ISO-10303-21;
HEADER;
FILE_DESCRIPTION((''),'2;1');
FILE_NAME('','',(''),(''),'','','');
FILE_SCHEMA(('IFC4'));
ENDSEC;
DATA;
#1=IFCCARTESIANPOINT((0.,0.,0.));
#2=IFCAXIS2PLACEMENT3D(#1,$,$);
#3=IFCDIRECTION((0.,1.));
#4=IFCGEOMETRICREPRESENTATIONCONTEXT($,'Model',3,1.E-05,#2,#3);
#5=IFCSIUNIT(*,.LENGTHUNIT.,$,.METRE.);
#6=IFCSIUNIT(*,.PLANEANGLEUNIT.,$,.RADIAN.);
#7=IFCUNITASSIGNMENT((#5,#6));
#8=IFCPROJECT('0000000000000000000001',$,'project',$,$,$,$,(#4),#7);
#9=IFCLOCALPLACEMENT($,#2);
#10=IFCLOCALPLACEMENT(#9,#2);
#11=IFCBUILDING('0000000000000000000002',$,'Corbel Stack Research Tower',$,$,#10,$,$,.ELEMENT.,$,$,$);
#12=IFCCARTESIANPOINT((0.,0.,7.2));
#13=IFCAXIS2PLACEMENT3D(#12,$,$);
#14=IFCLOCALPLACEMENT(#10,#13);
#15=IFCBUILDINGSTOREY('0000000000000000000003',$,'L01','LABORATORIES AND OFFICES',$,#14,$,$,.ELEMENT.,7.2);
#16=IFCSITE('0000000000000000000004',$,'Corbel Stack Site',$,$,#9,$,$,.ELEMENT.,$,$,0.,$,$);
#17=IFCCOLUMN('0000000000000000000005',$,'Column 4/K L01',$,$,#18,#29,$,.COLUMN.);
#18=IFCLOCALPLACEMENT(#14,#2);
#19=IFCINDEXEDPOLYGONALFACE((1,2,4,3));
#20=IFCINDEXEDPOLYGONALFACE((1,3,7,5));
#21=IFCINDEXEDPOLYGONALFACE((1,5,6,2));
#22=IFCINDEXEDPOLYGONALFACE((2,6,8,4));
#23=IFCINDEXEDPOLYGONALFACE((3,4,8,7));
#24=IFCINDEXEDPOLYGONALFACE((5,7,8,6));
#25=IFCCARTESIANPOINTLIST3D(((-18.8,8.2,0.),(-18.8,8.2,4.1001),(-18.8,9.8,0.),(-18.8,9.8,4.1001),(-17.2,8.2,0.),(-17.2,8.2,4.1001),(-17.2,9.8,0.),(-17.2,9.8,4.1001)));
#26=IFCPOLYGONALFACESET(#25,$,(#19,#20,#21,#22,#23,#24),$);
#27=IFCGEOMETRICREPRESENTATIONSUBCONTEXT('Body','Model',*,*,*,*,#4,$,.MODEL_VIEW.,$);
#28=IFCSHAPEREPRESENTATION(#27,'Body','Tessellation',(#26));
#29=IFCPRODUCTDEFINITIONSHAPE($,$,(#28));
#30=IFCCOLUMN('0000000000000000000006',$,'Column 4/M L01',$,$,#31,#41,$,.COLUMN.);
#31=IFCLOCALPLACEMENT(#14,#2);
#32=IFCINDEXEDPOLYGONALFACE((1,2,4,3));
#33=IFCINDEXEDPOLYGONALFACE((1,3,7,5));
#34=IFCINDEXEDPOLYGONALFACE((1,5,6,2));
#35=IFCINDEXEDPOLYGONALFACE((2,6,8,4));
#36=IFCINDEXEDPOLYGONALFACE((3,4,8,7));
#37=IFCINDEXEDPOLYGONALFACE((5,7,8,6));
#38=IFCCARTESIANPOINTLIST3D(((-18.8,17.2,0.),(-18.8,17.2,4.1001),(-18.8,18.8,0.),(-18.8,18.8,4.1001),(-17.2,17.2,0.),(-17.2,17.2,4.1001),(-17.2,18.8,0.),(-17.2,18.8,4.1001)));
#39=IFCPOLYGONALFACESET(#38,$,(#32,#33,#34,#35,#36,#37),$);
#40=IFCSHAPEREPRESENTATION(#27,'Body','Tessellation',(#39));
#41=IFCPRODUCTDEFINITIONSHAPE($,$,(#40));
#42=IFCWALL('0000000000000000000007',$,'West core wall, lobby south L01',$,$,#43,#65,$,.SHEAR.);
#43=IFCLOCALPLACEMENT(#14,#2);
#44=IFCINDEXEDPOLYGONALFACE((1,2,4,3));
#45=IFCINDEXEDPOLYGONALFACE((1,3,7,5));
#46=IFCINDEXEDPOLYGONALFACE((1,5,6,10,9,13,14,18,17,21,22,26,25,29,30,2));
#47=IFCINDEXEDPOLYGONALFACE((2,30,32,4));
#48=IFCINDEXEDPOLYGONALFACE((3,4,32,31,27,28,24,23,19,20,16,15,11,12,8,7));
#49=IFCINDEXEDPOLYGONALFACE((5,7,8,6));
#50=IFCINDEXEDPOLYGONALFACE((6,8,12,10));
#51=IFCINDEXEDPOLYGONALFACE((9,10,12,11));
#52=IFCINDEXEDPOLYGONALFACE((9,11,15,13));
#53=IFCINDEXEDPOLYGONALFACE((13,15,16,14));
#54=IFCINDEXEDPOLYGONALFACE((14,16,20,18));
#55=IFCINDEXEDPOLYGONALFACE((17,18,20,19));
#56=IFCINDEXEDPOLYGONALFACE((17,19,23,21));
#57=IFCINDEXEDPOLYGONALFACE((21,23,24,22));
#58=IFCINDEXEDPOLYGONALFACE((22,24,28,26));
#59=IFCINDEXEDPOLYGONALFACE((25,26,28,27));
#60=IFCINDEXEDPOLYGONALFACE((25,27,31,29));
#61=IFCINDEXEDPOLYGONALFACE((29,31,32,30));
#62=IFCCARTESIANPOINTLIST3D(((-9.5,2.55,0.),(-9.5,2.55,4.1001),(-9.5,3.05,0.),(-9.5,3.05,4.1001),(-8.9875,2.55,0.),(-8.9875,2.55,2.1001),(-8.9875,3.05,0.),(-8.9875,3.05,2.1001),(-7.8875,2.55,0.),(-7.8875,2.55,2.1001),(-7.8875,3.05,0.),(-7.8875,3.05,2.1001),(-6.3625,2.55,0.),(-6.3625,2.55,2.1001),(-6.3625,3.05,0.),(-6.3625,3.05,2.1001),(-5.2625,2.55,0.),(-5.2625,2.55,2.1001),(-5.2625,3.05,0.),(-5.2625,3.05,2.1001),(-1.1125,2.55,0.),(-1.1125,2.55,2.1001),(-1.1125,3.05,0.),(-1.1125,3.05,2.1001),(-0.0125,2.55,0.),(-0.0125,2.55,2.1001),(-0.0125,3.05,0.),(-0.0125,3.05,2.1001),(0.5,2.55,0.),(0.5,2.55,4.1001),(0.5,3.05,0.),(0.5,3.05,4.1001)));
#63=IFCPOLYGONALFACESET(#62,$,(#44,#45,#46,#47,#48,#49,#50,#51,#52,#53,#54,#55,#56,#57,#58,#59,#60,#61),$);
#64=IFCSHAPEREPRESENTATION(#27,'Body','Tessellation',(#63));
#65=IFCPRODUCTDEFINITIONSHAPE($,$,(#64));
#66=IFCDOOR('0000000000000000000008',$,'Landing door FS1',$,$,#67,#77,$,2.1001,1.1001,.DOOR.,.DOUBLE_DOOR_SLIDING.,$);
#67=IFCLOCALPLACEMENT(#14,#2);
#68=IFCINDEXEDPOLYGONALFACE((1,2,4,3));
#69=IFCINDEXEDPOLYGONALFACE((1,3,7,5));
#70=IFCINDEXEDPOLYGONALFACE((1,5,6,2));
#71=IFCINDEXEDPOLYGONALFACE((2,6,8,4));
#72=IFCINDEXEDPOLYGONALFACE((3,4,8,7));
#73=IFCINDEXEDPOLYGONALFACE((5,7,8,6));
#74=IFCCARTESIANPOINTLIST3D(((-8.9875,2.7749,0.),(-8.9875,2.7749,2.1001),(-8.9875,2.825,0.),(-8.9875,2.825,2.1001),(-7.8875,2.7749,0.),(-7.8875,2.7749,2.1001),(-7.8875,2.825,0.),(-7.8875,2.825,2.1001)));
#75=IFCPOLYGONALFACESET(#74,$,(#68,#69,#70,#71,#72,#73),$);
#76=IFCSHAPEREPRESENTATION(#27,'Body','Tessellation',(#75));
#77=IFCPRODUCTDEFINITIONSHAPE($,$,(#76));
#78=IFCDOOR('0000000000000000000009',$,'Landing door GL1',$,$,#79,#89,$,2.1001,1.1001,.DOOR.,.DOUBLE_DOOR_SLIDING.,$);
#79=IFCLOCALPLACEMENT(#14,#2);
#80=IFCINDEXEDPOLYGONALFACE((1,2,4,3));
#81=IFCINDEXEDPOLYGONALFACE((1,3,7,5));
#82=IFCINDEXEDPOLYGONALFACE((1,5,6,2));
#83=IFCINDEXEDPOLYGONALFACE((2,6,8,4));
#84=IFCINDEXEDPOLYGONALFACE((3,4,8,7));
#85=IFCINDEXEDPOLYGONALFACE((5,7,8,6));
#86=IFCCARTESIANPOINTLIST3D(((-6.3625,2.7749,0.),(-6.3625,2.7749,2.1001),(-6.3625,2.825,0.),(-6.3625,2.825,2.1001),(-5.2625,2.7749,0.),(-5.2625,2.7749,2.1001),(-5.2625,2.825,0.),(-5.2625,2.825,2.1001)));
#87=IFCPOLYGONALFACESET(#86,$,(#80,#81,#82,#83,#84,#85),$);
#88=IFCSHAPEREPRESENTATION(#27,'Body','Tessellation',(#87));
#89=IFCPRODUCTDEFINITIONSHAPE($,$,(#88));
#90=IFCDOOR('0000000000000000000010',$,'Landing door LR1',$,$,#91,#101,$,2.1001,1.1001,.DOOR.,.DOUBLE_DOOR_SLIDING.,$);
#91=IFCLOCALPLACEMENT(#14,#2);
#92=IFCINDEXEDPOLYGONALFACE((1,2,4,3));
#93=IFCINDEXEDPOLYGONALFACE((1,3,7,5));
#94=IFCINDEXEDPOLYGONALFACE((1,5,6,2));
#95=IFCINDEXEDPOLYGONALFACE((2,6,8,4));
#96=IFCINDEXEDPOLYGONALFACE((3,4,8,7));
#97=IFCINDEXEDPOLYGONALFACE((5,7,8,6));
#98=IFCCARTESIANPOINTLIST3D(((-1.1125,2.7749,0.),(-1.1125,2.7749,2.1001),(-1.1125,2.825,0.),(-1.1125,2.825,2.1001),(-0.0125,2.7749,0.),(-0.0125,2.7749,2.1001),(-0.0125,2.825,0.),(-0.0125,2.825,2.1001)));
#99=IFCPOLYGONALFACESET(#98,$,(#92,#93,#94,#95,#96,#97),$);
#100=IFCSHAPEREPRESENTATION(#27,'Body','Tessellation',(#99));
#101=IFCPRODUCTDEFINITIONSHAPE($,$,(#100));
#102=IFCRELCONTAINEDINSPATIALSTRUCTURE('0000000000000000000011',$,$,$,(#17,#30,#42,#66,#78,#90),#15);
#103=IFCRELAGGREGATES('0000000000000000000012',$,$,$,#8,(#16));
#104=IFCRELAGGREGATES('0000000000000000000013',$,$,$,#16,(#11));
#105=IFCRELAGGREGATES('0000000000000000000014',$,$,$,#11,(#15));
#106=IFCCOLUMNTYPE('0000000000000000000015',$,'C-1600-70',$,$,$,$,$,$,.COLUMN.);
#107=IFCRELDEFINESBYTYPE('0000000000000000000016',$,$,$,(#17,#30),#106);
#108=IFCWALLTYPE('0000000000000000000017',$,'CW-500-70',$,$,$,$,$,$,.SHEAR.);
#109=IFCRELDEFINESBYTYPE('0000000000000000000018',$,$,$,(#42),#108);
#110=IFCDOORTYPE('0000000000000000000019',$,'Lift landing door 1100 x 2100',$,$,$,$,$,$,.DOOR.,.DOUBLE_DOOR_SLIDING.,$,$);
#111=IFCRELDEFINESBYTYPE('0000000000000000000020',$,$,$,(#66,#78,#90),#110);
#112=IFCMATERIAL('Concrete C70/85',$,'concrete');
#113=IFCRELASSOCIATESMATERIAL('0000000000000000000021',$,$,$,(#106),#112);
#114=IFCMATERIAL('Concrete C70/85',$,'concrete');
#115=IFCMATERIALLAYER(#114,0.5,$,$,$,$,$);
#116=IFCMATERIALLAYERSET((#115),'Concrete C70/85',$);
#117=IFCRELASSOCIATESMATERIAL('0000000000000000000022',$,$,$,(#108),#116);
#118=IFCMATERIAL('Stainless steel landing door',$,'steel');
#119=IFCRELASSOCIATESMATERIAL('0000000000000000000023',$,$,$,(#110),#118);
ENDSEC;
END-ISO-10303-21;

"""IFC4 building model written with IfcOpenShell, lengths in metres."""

from ifc_helpers import new_model, si_unit, direction, frame, frame_2d, origin, origin_2d, place, context, subcontext, project, spatial, rectangle, extrude, material, layer, layer_set, material_profile, profile_set, type_object, element, fill, save


model = new_model("IFC4")

# Units and contexts
model_context = context("Model", 3, precision=1e-05, world=origin(), true_north=direction((0.0, 1.0)))
body_context = subcontext(model_context, "Body", "Model", "MODEL_VIEW")
ifc_project = project(units=[si_unit("LENGTHUNIT", "METRE"), si_unit("PLANEANGLEUNIT", "RADIAN")], contexts=[model_context])

# Site, building, storey
site_placement = place(None, origin())
site = spatial("IfcSite", under=ifc_project, at=site_placement, Name="Corbel Stack Site", CompositionType="ELEMENT", RefElevation=0.0)
building_placement = place(site_placement, origin())
building = spatial("IfcBuilding", under=site, at=building_placement, Name="Corbel Stack Research Tower", CompositionType="ELEMENT")
storey_placement = place(building_placement, frame((0.0, 0.0, 7.2)))
storey = spatial("IfcBuildingStorey", under=building, at=storey_placement, Name="L01", Description="LABORATORIES AND OFFICES", CompositionType="ELEMENT", Elevation=7.2)

# Columns
ifc_material_1 = material(Name="Concrete C70/85", Category="concrete")
ifc_material_profile = material_profile(ifc_material_1, rectangle(XDim=1.6001, YDim=1.6001, at=origin_2d()), Name="RC 1600 x 1600")
ifc_profile_set = profile_set([ifc_material_profile], Name="Concrete C70/85")
column_type = type_object("IfcColumnType", Name="C-1600-70", PredefinedType="COLUMN", material=ifc_profile_set)
for number, where, z_axis, x_axis, name in (
    (1, (-18.0, 9.0, 0.0), (0.0, 0.0, 1.0), (1.0, 0.0, 0.0), "Column 4/K L01"),
    (2, (-18.0, 18.0, 0.0), (0.0, 0.0, 1.0), (1.0, 0.0, 0.0), "Column 4/M L01"),
):
    element("IfcColumn", number, at=place(storey_placement, frame(where, z_axis=z_axis, x_axis=x_axis)), inside=storey, type_object=column_type, Name=name, PredefinedType="COLUMN", context=body_context, shape_type="SweptSolid", body=[
        extrude(rectangle(XDim=1.6001, YDim=1.6001, at=origin_2d()), origin(), (0.0, 0.0, 1.0), 4.1001),
    ])

# Wall, openings, doors
ifc_material_2 = material(Name="Concrete C70/85", Category="concrete")
ifc_layer_1 = layer(ifc_material_2, 0.5)
ifc_layer_set_1 = layer_set([ifc_layer_1], Name="Concrete C70/85")
wall_type_1 = type_object("IfcWallType", Name="CW-500-70", PredefinedType="SHEAR", material=ifc_layer_set_1)
wall_1_placement = place(storey_placement, frame((-9.5, 2.8, 0.0), z_axis=(0.0, 0.0, 1.0), x_axis=(1.0, 0.0, 0.0)))
wall_1 = element("IfcWall", 3, at=wall_1_placement, inside=storey, type_object=wall_type_1, Name="West core wall, lobby south L01", PredefinedType="SHEAR", context=body_context, shape_type="SweptSolid", body=[
    extrude(rectangle(XDim=10.0, YDim=0.5, at=frame_2d((5.0, 0.0))), origin(), (0.0, 0.0, 1.0), 4.1001),
])
opening_1_placement = place(wall_1_placement, frame((0.5125, 0.0, 0.0)))
opening_1 = element("IfcOpeningElement", 4, at=opening_1_placement, cuts=wall_1, PredefinedType="OPENING", context=body_context, shape_type="SweptSolid", body=[
    extrude(rectangle(XDim=1.1001, YDim=2.1001, at=frame_2d((0.55, 1.05))), frame((0.0, 0.26, 0.0), z_axis=(0.0, -1.0, 0.0), x_axis=(1.0, 0.0, 0.0)), (0.0, 0.0, 1.0), 0.52),
])
opening_2_placement = place(wall_1_placement, frame((3.1375, 0.0, 0.0)))
opening_2 = element("IfcOpeningElement", 5, at=opening_2_placement, cuts=wall_1, PredefinedType="OPENING", context=body_context, shape_type="SweptSolid", body=[
    extrude(rectangle(XDim=1.1001, YDim=2.1001, at=frame_2d((0.55, 1.05))), frame((0.0, 0.26, 0.0), z_axis=(0.0, -1.0, 0.0), x_axis=(1.0, 0.0, 0.0)), (0.0, 0.0, 1.0), 0.52),
])
opening_3_placement = place(wall_1_placement, frame((8.3875, 0.0, 0.0)))
opening_3 = element("IfcOpeningElement", 6, at=opening_3_placement, cuts=wall_1, PredefinedType="OPENING", context=body_context, shape_type="SweptSolid", body=[
    extrude(rectangle(XDim=1.1001, YDim=2.1001, at=frame_2d((0.55, 1.05))), frame((0.0, 0.26, 0.0), z_axis=(0.0, -1.0, 0.0), x_axis=(1.0, 0.0, 0.0)), (0.0, 0.0, 1.0), 0.52),
])
ifc_material_3 = material(Name="Stainless steel landing door", Category="steel")
door_type_1 = type_object("IfcDoorType", Name="Lift landing door 1100 x 2100", OperationType="DOUBLE_DOOR_SLIDING", PredefinedType="DOOR", material=ifc_material_3)
door_1_placement = place(opening_1_placement, origin())
door_1 = element("IfcDoor", 7, at=door_1_placement, inside=storey, type_object=door_type_1, Name="Landing door FS1", OperationType="DOUBLE_DOOR_SLIDING", OverallHeight=2.1001, OverallWidth=1.1001, PredefinedType="DOOR", context=body_context, shape_type="SweptSolid", body=[
    extrude(rectangle(XDim=1.1001, YDim=2.1001, at=frame_2d((0.55, 1.05))), frame((0.0, 0.0249, 0.0), z_axis=(0.0, -1.0, 0.0), x_axis=(1.0, 0.0, 0.0)), (0.0, 0.0, 1.0), 0.05),
])
fill(opening_1, door_1)
door_2_placement = place(opening_2_placement, origin())
door_2 = element("IfcDoor", 8, at=door_2_placement, inside=storey, type_object=door_type_1, Name="Landing door GL1", OperationType="DOUBLE_DOOR_SLIDING", OverallHeight=2.1001, OverallWidth=1.1001, PredefinedType="DOOR", context=body_context, shape_type="SweptSolid", body=[
    extrude(rectangle(XDim=1.1001, YDim=2.1001, at=frame_2d((0.55, 1.05))), frame((0.0, 0.0249, 0.0), z_axis=(0.0, -1.0, 0.0), x_axis=(1.0, 0.0, 0.0)), (0.0, 0.0, 1.0), 0.05),
])
fill(opening_2, door_2)
door_3_placement = place(opening_3_placement, origin())
door_3 = element("IfcDoor", 9, at=door_3_placement, inside=storey, type_object=door_type_1, Name="Landing door LR1", OperationType="DOUBLE_DOOR_SLIDING", OverallHeight=2.1001, OverallWidth=1.1001, PredefinedType="DOOR", context=body_context, shape_type="SweptSolid", body=[
    extrude(rectangle(XDim=1.1001, YDim=2.1001, at=frame_2d((0.55, 1.05))), frame((0.0, 0.0249, 0.0), z_axis=(0.0, -1.0, 0.0), x_axis=(1.0, 0.0, 0.0)), (0.0, 0.0, 1.0), 0.05),
])
fill(opening_3, door_3)

save(model, "model.ifc")
